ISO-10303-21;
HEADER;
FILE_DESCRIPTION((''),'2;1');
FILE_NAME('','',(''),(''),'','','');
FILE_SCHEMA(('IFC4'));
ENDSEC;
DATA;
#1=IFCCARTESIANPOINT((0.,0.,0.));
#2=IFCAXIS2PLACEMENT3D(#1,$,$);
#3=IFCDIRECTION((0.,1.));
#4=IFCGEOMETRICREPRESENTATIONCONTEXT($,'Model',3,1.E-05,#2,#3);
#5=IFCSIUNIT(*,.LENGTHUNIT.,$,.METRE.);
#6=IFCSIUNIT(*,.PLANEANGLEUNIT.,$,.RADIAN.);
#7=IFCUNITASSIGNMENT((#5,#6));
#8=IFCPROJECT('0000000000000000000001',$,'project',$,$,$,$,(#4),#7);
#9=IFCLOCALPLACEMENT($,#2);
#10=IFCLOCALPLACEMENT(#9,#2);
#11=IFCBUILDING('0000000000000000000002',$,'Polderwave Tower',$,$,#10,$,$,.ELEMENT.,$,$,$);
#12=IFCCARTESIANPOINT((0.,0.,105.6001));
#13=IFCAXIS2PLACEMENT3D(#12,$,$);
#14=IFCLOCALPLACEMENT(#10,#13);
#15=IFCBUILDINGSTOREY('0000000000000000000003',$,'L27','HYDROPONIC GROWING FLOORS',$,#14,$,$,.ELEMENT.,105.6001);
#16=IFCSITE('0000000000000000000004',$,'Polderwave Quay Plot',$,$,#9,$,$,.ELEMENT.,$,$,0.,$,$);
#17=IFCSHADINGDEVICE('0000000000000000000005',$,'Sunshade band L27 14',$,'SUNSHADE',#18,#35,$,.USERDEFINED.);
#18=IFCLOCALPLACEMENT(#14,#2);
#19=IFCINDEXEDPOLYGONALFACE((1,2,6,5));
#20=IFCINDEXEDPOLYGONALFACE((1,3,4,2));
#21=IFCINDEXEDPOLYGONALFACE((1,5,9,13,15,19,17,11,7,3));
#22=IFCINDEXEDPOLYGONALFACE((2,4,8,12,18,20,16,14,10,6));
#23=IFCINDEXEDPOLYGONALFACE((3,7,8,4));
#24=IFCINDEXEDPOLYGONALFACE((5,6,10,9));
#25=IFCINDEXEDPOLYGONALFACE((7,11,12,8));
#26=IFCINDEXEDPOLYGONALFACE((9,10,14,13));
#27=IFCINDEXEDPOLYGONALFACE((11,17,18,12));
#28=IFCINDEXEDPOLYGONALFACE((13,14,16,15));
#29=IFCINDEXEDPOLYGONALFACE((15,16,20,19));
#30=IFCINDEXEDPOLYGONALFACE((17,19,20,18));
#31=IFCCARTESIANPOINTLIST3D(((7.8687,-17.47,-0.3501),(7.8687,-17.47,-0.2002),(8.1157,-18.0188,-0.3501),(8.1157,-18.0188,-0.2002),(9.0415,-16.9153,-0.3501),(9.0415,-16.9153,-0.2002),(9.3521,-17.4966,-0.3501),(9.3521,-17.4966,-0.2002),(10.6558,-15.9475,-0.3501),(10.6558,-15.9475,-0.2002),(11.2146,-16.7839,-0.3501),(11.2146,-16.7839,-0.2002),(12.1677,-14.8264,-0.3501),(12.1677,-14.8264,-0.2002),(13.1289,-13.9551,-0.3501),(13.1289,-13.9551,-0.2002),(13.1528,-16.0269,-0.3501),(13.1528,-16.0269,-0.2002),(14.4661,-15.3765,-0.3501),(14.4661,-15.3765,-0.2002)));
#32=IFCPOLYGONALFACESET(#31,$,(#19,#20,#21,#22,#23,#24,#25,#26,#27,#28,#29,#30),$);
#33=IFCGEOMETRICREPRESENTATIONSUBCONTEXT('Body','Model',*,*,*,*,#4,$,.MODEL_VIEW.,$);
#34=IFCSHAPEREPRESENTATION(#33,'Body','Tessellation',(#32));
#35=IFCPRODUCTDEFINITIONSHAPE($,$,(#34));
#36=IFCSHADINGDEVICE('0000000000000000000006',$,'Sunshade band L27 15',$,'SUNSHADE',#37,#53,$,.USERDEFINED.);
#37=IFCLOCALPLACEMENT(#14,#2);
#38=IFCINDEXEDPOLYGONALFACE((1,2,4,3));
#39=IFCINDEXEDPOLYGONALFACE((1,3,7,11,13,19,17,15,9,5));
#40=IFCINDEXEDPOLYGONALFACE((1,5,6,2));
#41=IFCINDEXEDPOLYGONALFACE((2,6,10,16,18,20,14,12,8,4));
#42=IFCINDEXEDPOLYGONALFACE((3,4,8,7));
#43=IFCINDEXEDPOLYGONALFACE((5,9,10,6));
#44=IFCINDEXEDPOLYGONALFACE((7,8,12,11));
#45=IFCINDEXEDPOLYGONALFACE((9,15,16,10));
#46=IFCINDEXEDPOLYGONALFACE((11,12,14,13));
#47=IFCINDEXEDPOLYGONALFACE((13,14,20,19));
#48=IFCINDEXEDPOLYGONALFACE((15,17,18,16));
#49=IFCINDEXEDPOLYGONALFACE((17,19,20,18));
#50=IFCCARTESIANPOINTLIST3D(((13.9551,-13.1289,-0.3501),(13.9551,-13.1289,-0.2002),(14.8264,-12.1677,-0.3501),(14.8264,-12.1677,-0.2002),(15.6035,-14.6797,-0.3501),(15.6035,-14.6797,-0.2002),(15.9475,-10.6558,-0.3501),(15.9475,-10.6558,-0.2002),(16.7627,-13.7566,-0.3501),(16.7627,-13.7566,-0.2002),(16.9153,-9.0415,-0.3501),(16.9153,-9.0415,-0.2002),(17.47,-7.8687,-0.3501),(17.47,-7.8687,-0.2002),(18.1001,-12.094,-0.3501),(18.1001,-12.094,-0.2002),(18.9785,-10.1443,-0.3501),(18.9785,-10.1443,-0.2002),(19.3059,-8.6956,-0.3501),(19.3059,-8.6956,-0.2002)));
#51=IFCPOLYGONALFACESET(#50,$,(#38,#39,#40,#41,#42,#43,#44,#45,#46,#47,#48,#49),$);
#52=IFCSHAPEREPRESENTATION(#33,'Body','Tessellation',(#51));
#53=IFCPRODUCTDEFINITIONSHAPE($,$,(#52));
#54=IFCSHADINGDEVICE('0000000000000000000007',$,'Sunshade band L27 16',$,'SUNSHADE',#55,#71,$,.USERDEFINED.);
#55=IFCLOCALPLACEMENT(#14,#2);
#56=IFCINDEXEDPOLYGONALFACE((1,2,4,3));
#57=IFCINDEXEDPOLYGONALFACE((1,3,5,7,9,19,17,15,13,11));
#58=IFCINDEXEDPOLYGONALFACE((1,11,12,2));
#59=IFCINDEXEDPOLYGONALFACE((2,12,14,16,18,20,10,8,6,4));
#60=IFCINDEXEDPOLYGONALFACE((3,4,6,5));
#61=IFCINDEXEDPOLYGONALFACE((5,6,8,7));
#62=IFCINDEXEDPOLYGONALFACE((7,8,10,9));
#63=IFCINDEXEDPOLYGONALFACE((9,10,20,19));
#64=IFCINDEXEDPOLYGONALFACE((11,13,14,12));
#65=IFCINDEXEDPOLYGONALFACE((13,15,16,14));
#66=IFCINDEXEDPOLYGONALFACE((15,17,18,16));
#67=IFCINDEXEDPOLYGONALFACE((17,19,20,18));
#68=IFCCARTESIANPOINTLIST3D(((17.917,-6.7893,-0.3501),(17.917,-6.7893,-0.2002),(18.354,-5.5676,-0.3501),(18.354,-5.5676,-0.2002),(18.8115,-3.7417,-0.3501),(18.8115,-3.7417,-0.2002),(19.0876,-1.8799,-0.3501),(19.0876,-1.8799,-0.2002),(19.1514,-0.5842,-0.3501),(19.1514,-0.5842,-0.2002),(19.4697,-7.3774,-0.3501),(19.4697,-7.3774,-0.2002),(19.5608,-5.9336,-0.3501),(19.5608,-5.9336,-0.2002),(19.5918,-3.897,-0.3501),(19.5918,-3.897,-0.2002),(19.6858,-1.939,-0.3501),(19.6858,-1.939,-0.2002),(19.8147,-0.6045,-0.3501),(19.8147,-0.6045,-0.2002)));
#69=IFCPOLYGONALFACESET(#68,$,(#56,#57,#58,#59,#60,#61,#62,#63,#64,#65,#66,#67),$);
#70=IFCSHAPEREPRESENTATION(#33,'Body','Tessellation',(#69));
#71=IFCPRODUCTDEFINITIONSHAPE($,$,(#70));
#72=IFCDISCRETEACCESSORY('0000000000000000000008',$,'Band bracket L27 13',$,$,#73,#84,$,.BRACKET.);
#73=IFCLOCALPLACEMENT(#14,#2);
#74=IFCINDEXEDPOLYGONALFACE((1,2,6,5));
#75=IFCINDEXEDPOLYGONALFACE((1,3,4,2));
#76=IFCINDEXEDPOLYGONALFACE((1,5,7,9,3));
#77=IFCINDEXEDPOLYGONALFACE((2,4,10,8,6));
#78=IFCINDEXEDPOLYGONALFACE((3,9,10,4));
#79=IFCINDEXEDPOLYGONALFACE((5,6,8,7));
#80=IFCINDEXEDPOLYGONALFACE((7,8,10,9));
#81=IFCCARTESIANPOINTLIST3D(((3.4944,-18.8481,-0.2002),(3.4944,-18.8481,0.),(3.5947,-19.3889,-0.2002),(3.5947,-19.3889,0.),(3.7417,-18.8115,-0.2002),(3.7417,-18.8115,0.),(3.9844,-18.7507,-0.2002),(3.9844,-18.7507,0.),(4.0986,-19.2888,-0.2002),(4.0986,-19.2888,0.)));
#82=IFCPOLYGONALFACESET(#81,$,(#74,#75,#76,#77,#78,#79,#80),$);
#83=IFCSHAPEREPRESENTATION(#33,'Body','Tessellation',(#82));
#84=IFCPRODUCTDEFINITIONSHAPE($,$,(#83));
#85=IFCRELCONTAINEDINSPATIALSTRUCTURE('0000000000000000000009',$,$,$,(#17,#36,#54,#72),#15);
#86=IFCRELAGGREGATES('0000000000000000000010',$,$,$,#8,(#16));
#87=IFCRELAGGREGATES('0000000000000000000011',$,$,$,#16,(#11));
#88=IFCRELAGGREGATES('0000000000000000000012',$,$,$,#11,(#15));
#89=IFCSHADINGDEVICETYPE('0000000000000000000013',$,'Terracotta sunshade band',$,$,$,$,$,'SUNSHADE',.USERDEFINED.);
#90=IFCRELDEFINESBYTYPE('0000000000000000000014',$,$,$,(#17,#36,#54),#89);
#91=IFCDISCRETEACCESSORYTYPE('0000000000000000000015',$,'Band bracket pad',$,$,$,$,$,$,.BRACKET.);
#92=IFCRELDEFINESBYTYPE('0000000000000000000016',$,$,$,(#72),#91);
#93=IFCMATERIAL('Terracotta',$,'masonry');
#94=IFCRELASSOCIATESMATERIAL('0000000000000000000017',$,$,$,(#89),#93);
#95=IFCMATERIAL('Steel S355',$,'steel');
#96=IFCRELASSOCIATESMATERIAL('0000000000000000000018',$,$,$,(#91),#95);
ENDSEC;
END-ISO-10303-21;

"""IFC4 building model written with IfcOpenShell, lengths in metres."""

from ifc_helpers import new_model, si_unit, direction, frame, origin, place, context, subcontext, project, spatial, polyline, outline, extrude, material, type_object, element, save


model = new_model("IFC4")

# Units and contexts
model_context = context("Model", 3, precision=1e-05, world=origin(), true_north=direction((0.0, 1.0)))
body_context = subcontext(model_context, "Body", "Model", "MODEL_VIEW")
ifc_project = project(units=[si_unit("LENGTHUNIT", "METRE"), si_unit("PLANEANGLEUNIT", "RADIAN")], contexts=[model_context])

# Site, building, storey
site_placement = place(None, origin())
site = spatial("IfcSite", under=ifc_project, at=site_placement, Name="Polderwave Quay Plot", CompositionType="ELEMENT", RefElevation=0.0)
building_placement = place(site_placement, origin())
building = spatial("IfcBuilding", under=site, at=building_placement, Name="Polderwave Tower", CompositionType="ELEMENT")
storey_placement = place(building_placement, frame((0.0, 0.0, 105.6001)))
storey = spatial("IfcBuildingStorey", under=building, at=storey_placement, Name="L27", Description="HYDROPONIC GROWING FLOORS", CompositionType="ELEMENT", Elevation=105.6001)

# Shading devices
ifc_material_1 = material(Name="Terracotta", Category="masonry")
shading_device_type = type_object("IfcShadingDeviceType", Name="Terracotta sunshade band", ElementType="SUNSHADE", PredefinedType="USERDEFINED", material=ifc_material_1)
shading_device_1_placement = place(storey_placement, frame((0.0, 0.0, -0.3501)))
element("IfcShadingDevice", 1, at=shading_device_1_placement, inside=storey, type_object=shading_device_type, Name="Sunshade band L27 14", ObjectType="SUNSHADE", PredefinedType="USERDEFINED", context=body_context, shape_type="SweptSolid", body=[
    extrude(outline(polyline([(7.8687, -17.47), (9.0415, -16.9153), (10.6558, -15.9475), (12.1677, -14.8264), (13.1289, -13.9551), (14.4661, -15.3765), (13.1528, -16.0269), (11.2146, -16.7839), (9.3521, -17.4966), (8.1157, -18.0188), (7.8687, -17.47)])), origin(), (0.0, 0.0, 1.0), 0.1499),
])
shading_device_2_placement = place(storey_placement, frame((0.0, 0.0, -0.3501)))
element("IfcShadingDevice", 2, at=shading_device_2_placement, inside=storey, type_object=shading_device_type, Name="Sunshade band L27 15", ObjectType="SUNSHADE", PredefinedType="USERDEFINED", context=body_context, shape_type="SweptSolid", body=[
    extrude(outline(polyline([(13.9551, -13.1289), (14.8264, -12.1677), (15.9475, -10.6558), (16.9153, -9.0415), (17.47, -7.8687), (19.3059, -8.6956), (18.9785, -10.1443), (18.1001, -12.094), (16.7627, -13.7566), (15.6035, -14.6797), (13.9551, -13.1289)])), origin(), (0.0, 0.0, 1.0), 0.1499),
])
shading_device_3_placement = place(storey_placement, frame((0.0, 0.0, -0.3501)))
element("IfcShadingDevice", 3, at=shading_device_3_placement, inside=storey, type_object=shading_device_type, Name="Sunshade band L27 16", ObjectType="SUNSHADE", PredefinedType="USERDEFINED", context=body_context, shape_type="SweptSolid", body=[
    extrude(outline(polyline([(17.917, -6.7893), (18.354, -5.5676), (18.8115, -3.7417), (19.0876, -1.8799), (19.1514, -0.5842), (19.8147, -0.6045), (19.6858, -1.939), (19.5918, -3.897), (19.5608, -5.9336), (19.4697, -7.3774), (17.917, -6.7893)])), origin(), (0.0, 0.0, 1.0), 0.1499),
])

# Discrete accessory
ifc_material_2 = material(Name="Steel S355", Category="steel")
discrete_accessory_type = type_object("IfcDiscreteAccessoryType", Name="Band bracket pad", PredefinedType="BRACKET", material=ifc_material_2)
discrete_accessory_placement = place(storey_placement, frame((0.0, 0.0, -0.2002)))
element("IfcDiscreteAccessory", 4, at=discrete_accessory_placement, inside=storey, type_object=discrete_accessory_type, Name="Band bracket L27 13", PredefinedType="BRACKET", context=body_context, shape_type="SweptSolid", body=[
    extrude(outline(polyline([(3.4944, -18.8481), (3.7417, -18.8115), (3.9844, -18.7507), (4.0986, -19.2888), (3.5947, -19.3889), (3.4944, -18.8481)])), origin(), (0.0, 0.0, 1.0), 0.2002),
])

save(model, "model.ifc")
